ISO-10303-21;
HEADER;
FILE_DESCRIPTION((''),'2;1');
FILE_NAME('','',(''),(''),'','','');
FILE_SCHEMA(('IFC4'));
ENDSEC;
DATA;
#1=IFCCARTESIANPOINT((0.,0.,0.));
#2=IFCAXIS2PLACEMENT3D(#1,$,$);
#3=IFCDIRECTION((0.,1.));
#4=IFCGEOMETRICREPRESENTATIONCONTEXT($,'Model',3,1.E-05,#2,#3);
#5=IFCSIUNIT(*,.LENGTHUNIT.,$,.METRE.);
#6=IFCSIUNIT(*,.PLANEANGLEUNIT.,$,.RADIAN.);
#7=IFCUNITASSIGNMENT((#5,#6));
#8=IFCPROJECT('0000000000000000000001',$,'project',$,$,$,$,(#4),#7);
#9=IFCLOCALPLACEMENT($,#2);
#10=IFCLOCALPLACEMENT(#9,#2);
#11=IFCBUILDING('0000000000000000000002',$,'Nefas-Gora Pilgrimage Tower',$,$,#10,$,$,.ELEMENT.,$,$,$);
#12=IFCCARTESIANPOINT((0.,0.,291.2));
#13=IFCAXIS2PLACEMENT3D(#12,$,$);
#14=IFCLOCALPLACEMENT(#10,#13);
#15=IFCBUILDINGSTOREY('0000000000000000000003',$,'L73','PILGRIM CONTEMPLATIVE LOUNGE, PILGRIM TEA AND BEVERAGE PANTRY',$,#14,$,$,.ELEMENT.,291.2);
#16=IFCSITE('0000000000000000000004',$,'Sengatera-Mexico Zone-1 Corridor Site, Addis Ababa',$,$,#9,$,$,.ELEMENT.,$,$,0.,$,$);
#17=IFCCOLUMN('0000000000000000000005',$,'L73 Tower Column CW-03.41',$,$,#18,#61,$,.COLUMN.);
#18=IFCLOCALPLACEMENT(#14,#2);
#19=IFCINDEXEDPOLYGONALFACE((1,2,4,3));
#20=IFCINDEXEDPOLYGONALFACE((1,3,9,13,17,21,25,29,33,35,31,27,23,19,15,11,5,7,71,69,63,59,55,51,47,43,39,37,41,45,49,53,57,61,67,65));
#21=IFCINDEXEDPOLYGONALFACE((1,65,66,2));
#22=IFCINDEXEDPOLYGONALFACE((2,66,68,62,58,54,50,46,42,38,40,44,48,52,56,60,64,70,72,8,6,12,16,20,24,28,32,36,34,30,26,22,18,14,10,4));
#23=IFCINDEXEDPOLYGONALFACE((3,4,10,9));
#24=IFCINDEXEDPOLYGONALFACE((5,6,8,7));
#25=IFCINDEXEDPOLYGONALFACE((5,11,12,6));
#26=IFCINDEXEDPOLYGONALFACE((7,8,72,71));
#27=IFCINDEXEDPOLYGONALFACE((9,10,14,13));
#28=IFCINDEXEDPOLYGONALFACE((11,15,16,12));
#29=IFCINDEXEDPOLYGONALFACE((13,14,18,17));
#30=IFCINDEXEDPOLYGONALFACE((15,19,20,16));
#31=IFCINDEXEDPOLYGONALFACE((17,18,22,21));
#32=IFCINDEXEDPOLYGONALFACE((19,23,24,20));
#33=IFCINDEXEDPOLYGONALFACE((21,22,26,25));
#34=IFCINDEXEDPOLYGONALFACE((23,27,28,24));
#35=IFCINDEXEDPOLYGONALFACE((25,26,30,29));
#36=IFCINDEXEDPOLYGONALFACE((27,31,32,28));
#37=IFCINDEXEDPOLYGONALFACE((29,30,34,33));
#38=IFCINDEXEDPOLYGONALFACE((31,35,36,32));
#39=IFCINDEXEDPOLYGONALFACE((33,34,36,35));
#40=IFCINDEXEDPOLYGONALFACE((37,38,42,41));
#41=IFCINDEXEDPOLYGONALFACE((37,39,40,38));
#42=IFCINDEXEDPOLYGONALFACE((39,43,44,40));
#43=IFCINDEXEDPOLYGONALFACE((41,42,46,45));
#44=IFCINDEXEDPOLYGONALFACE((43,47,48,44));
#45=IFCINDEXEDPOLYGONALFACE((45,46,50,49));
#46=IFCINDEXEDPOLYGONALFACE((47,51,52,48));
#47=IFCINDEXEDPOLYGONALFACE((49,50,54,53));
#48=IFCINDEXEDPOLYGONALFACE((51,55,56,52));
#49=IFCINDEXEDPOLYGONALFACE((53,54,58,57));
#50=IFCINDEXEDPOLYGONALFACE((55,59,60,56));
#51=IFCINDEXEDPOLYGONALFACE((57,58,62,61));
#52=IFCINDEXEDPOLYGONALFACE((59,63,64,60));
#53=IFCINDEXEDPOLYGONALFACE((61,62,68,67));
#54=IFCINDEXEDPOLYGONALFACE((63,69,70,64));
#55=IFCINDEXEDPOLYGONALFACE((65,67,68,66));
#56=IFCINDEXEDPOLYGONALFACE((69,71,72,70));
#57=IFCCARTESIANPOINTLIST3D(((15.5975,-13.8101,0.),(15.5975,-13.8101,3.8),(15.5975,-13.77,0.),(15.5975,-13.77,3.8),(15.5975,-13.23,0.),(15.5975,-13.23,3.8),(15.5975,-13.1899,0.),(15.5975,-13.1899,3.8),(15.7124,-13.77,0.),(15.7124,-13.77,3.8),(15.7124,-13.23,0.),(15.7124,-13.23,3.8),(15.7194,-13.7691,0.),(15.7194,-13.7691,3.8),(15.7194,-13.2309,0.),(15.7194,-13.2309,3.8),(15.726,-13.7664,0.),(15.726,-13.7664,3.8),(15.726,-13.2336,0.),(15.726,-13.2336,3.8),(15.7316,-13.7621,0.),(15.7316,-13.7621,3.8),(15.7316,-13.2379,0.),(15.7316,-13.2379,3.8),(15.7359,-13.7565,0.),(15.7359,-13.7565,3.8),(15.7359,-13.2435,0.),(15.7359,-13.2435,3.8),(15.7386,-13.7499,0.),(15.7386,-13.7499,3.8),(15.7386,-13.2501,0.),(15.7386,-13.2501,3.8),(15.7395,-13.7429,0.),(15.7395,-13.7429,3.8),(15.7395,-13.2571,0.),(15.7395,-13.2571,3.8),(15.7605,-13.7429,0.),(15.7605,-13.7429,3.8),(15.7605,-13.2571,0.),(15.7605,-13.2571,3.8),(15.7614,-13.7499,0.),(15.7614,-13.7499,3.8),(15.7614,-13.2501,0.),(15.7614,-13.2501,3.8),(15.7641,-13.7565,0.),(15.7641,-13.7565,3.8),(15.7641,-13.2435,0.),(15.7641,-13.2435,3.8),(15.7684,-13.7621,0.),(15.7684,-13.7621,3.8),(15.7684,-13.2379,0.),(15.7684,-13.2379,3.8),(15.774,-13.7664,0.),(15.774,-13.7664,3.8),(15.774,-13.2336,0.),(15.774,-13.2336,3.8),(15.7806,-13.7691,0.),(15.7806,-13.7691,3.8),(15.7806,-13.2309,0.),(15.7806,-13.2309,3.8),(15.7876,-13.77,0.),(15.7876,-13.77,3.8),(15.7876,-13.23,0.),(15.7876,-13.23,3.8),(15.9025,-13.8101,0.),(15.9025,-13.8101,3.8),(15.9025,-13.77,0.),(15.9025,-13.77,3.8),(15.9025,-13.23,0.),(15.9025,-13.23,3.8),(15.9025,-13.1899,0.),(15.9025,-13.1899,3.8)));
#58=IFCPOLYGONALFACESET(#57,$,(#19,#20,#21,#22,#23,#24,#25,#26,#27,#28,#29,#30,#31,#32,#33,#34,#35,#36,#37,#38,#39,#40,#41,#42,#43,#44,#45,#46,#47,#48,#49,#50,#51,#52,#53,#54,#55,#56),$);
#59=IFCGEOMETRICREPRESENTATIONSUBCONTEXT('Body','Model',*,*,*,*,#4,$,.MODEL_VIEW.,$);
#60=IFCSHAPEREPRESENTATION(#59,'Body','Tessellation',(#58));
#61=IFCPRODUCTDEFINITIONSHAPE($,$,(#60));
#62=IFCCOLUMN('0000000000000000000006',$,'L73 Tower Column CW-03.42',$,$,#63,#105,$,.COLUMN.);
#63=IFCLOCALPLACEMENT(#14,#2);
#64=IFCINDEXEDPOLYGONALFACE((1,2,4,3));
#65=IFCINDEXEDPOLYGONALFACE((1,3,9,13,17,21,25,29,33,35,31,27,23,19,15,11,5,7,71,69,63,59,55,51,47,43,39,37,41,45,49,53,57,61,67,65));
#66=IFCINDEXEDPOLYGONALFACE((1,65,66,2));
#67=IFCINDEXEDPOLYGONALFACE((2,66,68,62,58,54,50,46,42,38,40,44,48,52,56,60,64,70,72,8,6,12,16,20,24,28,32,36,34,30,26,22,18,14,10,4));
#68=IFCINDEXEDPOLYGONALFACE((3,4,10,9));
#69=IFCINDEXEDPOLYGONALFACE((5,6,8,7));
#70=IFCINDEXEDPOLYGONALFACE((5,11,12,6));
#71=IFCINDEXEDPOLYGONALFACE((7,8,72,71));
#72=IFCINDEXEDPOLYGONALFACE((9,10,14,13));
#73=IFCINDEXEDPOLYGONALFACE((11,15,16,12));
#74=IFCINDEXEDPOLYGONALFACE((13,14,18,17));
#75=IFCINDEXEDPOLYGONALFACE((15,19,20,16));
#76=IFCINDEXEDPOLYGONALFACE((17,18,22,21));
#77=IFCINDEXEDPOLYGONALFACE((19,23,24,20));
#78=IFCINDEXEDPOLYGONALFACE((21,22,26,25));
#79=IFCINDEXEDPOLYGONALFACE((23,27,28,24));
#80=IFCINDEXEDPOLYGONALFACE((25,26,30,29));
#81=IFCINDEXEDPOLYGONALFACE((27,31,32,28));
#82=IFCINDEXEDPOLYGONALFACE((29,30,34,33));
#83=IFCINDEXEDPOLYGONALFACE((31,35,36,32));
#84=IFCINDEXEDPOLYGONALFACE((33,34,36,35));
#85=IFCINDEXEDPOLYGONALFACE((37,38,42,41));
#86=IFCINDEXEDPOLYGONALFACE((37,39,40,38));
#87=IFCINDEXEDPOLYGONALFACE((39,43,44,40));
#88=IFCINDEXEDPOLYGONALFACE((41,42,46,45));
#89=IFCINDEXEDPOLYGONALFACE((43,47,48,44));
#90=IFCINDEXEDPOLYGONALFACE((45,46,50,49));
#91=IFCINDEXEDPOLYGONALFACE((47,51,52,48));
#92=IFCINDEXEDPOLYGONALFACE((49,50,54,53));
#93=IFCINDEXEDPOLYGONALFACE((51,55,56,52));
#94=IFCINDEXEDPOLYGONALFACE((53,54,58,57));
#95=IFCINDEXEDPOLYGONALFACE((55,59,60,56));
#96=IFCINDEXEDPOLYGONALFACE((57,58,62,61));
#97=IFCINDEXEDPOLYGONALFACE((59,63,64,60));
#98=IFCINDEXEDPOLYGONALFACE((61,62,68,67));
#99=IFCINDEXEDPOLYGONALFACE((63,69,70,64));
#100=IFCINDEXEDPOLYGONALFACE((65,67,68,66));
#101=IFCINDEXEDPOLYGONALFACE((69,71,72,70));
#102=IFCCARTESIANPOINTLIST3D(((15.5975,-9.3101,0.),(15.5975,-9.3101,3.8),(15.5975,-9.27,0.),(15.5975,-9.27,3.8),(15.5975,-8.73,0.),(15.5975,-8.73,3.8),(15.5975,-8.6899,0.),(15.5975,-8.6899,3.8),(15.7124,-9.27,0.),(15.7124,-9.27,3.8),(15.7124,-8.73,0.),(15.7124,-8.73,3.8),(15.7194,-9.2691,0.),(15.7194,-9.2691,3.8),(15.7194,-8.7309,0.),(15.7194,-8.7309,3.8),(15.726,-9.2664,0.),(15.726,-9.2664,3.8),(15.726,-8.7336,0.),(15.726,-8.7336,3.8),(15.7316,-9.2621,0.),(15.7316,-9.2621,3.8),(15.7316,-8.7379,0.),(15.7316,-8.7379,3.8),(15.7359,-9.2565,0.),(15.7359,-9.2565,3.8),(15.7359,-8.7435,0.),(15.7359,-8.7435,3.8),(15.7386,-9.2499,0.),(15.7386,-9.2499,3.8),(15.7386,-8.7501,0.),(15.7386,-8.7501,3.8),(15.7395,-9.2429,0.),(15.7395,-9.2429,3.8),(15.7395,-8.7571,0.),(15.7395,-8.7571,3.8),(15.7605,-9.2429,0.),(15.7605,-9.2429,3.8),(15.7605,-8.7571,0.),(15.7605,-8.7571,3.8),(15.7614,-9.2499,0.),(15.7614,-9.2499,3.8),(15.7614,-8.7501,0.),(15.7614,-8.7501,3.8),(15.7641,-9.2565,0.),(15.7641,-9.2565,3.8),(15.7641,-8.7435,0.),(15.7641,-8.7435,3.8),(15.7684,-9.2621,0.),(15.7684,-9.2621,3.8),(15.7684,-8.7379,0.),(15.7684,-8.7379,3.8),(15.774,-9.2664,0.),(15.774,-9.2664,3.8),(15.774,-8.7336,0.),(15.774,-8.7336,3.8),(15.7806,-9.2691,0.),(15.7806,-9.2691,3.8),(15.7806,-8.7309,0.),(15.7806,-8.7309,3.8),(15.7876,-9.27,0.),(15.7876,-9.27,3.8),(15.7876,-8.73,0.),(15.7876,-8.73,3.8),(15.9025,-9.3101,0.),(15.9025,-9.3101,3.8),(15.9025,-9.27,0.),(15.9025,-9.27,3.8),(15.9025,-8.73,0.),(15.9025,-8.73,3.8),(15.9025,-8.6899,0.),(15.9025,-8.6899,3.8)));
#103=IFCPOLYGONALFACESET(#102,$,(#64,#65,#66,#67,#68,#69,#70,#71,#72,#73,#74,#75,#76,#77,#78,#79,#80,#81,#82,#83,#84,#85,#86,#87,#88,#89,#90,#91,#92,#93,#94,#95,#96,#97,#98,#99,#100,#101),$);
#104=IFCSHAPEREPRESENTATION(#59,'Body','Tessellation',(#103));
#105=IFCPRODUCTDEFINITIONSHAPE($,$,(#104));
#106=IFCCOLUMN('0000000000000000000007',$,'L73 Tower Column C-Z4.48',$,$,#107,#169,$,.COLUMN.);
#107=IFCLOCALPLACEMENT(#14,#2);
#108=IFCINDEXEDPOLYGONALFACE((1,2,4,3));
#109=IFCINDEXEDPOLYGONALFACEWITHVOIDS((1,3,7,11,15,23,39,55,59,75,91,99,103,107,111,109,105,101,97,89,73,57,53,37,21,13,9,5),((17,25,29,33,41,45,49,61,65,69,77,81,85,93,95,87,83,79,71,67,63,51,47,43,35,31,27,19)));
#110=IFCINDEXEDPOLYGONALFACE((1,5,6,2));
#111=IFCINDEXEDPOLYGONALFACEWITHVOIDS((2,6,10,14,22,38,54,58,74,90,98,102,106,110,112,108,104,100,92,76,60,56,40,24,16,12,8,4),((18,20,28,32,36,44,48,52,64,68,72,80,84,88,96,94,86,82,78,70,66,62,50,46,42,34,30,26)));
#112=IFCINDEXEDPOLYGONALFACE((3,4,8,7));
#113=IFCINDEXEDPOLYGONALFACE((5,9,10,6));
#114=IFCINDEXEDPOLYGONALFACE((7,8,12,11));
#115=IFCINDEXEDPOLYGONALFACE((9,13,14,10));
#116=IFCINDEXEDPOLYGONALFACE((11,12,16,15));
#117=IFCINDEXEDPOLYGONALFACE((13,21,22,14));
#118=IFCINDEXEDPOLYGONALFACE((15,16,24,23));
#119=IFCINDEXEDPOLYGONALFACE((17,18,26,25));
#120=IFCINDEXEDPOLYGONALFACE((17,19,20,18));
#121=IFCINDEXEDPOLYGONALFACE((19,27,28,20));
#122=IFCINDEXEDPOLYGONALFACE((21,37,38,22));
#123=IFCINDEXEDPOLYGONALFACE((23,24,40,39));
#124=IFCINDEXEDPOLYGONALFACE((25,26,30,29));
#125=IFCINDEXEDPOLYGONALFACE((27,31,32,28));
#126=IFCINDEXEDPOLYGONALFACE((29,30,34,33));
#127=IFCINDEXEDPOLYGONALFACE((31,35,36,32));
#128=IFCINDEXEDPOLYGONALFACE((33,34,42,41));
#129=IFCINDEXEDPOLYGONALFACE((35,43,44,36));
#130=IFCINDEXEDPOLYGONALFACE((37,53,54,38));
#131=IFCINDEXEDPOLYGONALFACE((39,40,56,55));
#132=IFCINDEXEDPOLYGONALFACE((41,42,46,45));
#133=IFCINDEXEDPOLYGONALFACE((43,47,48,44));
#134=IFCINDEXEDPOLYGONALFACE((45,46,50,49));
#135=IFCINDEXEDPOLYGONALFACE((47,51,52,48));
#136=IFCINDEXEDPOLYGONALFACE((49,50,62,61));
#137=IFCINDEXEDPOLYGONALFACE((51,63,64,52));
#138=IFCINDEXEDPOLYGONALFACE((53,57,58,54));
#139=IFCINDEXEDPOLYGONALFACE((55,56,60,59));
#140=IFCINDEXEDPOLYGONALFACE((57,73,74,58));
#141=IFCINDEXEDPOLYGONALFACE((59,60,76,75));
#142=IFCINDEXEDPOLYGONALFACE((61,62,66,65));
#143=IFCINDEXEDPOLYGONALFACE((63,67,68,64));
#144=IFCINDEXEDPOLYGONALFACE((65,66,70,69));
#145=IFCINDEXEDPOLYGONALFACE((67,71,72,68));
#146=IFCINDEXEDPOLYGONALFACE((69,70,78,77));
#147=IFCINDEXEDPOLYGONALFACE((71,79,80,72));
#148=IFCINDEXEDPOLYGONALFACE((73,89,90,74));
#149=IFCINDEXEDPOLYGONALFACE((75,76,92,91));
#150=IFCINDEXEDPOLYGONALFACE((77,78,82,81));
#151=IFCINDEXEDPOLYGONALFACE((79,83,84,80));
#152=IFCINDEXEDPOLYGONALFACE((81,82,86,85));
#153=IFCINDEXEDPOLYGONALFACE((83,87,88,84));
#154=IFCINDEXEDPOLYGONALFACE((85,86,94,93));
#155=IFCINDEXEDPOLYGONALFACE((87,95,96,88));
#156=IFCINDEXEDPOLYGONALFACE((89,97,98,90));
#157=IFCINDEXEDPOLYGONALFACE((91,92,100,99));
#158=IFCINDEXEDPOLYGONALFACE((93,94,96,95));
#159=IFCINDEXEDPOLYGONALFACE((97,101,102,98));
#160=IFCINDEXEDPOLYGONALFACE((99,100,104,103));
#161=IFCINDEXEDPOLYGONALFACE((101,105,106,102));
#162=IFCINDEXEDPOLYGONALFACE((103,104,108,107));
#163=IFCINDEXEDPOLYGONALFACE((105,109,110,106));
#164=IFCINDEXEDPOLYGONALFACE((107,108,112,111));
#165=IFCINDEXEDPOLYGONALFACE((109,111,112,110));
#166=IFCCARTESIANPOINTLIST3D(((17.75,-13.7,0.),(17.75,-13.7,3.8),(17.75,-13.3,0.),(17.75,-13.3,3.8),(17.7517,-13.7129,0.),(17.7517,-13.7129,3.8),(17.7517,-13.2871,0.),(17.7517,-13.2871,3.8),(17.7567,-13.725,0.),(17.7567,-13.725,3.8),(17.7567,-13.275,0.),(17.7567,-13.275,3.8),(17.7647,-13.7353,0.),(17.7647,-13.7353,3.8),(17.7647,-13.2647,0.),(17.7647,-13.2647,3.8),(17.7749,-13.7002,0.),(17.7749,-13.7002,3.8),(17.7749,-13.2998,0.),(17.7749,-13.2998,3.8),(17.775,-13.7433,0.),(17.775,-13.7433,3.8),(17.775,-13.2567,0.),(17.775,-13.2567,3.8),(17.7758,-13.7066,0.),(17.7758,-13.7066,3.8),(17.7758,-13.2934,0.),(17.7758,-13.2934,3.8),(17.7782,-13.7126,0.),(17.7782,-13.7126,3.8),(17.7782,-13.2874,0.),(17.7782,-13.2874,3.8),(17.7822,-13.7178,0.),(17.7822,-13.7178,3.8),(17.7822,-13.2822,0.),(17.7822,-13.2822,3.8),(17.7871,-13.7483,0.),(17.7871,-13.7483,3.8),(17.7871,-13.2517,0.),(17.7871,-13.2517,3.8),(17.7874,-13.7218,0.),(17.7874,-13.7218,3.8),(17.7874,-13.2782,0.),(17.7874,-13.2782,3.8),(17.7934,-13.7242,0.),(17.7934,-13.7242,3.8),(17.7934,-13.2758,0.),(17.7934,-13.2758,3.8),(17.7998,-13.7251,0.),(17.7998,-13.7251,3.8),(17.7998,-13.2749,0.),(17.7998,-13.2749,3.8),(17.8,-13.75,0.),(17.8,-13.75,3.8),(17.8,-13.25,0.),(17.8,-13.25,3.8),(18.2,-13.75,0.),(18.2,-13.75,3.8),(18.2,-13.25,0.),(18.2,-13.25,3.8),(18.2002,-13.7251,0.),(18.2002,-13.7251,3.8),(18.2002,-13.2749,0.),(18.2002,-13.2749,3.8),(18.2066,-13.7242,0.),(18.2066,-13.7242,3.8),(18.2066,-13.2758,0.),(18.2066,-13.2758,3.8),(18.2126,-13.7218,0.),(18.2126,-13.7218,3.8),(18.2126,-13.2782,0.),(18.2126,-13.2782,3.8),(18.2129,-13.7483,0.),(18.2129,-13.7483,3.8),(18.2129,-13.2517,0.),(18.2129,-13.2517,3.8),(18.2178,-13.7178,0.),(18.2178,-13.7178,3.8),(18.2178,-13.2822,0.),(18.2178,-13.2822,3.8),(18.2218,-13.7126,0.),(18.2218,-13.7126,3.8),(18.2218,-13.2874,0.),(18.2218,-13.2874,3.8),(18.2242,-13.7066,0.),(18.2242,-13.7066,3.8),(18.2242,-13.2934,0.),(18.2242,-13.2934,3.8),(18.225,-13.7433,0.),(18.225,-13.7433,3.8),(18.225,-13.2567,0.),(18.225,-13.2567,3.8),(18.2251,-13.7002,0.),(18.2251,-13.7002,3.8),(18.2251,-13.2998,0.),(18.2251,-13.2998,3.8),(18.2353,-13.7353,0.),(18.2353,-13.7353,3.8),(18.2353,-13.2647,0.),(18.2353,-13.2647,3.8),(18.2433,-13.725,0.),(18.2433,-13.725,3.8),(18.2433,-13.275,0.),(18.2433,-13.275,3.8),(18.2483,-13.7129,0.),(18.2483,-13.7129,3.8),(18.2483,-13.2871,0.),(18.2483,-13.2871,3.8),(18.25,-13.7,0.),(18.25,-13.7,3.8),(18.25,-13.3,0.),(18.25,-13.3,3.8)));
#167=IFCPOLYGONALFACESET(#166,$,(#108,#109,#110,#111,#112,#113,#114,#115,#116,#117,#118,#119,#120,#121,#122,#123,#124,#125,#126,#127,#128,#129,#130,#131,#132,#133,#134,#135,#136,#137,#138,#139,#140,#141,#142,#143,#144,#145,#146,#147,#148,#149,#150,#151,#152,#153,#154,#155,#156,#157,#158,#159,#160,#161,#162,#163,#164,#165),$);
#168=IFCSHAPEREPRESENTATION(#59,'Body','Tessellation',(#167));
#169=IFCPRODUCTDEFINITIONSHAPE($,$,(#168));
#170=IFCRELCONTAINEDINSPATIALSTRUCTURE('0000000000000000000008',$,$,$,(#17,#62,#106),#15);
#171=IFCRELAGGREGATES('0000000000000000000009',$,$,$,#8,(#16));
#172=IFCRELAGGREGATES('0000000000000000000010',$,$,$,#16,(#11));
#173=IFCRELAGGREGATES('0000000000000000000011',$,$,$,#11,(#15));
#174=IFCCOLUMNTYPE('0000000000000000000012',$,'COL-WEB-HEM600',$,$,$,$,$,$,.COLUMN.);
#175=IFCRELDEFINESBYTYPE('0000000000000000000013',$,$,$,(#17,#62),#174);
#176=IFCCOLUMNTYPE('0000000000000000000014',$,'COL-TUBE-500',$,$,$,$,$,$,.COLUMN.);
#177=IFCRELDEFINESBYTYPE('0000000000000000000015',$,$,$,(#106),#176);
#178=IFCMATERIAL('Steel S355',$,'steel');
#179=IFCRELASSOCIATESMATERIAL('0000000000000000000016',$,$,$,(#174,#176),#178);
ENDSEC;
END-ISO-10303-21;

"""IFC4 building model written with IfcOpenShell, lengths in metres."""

from ifc_helpers import new_model, si_unit, direction, frame, origin, origin_2d, place, context, subcontext, project, spatial, hollow_rectangle, i_section, extrude, source, transform, mapped, material, material_profile, profile_set, type_object, element, save


model = new_model("IFC4")

# Units and contexts
model_context = context("Model", 3, precision=1e-05, world=origin(), true_north=direction((0.0, 1.0)))
body_context = subcontext(model_context, "Body", "Model", "MODEL_VIEW")
ifc_project = project(units=[si_unit("LENGTHUNIT", "METRE"), si_unit("PLANEANGLEUNIT", "RADIAN")], contexts=[model_context])

# Site, building, storey
site_placement = place(None, origin())
site = spatial("IfcSite", under=ifc_project, at=site_placement, Name="Sengatera-Mexico Zone-1 Corridor Site, Addis Ababa", CompositionType="ELEMENT", RefElevation=0.0)
building_placement = place(site_placement, origin())
building = spatial("IfcBuilding", under=site, at=building_placement, Name="Nefas-Gora Pilgrimage Tower", CompositionType="ELEMENT")
storey_placement = place(building_placement, frame((0.0, 0.0, 291.2)))
storey = spatial("IfcBuildingStorey", under=building, at=storey_placement, Name="L73", Description="PILGRIM CONTEMPLATIVE LOUNGE, PILGRIM TEA AND BEVERAGE PANTRY", CompositionType="ELEMENT", Elevation=291.2)

# Columns
ifc_material_1 = material(Name="Steel S355", Category="steel")
ifc_material_profile_1 = material_profile(ifc_material_1, i_section(OverallWidth=0.3049, OverallDepth=0.6201, WebThickness=0.021, FlangeThickness=0.04, FilletRadius=0.0271, at=origin_2d()), Name="HEM 600")
ifc_profile_set_1 = profile_set([ifc_material_profile_1], Name="Steel S355")
column_type_1 = type_object("IfcColumnType", Name="COL-WEB-HEM600", PredefinedType="COLUMN", material=ifc_profile_set_1)
shared_shape_1 = source(origin(), body_context, "Body", "SweptSolid", [
    extrude(i_section(OverallWidth=0.3049, OverallDepth=0.6201, WebThickness=0.021, FlangeThickness=0.04, FilletRadius=0.0271, at=origin_2d()), origin(), (0.0, 0.0, 1.0), 3.8),
])
for number, where, z_axis, x_axis, name in (
    (1, (15.75, -13.5, 0.0), (0.0, 0.0, 1.0), (1.0, 0.0, 0.0), "L73 Tower Column CW-03.41"),
    (2, (15.75, -9.0, 0.0), (0.0, 0.0, 1.0), (1.0, 0.0, 0.0), "L73 Tower Column CW-03.42"),
):
    element("IfcColumn", number, at=place(storey_placement, frame(where, z_axis=z_axis, x_axis=x_axis)), inside=storey, type_object=column_type_1, Name=name, PredefinedType="COLUMN", context=body_context, shape_type="MappedRepresentation", body=[
        mapped(shared_shape_1, transform((0.0, 0.0, 0.0), x_axis=(1.0, 0.0, 0.0), y_axis=(0.0, 1.0, 0.0), z_axis=(0.0, 0.0, 1.0), scale=1.0)),
    ])
ifc_material_profile_2 = material_profile(ifc_material_1, hollow_rectangle(XDim=0.5, YDim=0.5, WallThickness=0.0249, InnerFilletRadius=0.0249, OuterFilletRadius=0.05, at=origin_2d()), Name="SHS 500x500x25")
ifc_profile_set_2 = profile_set([ifc_material_profile_2], Name="Steel S355")
column_type_2 = type_object("IfcColumnType", Name="COL-TUBE-500", PredefinedType="COLUMN", material=ifc_profile_set_2)
shared_shape_2 = source(origin(), body_context, "Body", "SweptSolid", [
    extrude(hollow_rectangle(XDim=0.5, YDim=0.5, WallThickness=0.0249, InnerFilletRadius=0.0249, OuterFilletRadius=0.05, at=origin_2d()), origin(), (0.0, 0.0, 1.0), 3.8),
])
for number, where, z_axis, x_axis, name in (
    (3, (18.0, -13.5, 0.0), (0.0, 0.0, 1.0), (1.0, 0.0, 0.0), "L73 Tower Column C-Z4.48"),
):
    element("IfcColumn", number, at=place(storey_placement, frame(where, z_axis=z_axis, x_axis=x_axis)), inside=storey, type_object=column_type_2, Name=name, PredefinedType="COLUMN", context=body_context, shape_type="MappedRepresentation", body=[
        mapped(shared_shape_2, transform((0.0, 0.0, 0.0), x_axis=(1.0, 0.0, 0.0), y_axis=(0.0, 1.0, 0.0), z_axis=(0.0, 0.0, 1.0), scale=1.0)),
    ])

save(model, "model.ifc")
